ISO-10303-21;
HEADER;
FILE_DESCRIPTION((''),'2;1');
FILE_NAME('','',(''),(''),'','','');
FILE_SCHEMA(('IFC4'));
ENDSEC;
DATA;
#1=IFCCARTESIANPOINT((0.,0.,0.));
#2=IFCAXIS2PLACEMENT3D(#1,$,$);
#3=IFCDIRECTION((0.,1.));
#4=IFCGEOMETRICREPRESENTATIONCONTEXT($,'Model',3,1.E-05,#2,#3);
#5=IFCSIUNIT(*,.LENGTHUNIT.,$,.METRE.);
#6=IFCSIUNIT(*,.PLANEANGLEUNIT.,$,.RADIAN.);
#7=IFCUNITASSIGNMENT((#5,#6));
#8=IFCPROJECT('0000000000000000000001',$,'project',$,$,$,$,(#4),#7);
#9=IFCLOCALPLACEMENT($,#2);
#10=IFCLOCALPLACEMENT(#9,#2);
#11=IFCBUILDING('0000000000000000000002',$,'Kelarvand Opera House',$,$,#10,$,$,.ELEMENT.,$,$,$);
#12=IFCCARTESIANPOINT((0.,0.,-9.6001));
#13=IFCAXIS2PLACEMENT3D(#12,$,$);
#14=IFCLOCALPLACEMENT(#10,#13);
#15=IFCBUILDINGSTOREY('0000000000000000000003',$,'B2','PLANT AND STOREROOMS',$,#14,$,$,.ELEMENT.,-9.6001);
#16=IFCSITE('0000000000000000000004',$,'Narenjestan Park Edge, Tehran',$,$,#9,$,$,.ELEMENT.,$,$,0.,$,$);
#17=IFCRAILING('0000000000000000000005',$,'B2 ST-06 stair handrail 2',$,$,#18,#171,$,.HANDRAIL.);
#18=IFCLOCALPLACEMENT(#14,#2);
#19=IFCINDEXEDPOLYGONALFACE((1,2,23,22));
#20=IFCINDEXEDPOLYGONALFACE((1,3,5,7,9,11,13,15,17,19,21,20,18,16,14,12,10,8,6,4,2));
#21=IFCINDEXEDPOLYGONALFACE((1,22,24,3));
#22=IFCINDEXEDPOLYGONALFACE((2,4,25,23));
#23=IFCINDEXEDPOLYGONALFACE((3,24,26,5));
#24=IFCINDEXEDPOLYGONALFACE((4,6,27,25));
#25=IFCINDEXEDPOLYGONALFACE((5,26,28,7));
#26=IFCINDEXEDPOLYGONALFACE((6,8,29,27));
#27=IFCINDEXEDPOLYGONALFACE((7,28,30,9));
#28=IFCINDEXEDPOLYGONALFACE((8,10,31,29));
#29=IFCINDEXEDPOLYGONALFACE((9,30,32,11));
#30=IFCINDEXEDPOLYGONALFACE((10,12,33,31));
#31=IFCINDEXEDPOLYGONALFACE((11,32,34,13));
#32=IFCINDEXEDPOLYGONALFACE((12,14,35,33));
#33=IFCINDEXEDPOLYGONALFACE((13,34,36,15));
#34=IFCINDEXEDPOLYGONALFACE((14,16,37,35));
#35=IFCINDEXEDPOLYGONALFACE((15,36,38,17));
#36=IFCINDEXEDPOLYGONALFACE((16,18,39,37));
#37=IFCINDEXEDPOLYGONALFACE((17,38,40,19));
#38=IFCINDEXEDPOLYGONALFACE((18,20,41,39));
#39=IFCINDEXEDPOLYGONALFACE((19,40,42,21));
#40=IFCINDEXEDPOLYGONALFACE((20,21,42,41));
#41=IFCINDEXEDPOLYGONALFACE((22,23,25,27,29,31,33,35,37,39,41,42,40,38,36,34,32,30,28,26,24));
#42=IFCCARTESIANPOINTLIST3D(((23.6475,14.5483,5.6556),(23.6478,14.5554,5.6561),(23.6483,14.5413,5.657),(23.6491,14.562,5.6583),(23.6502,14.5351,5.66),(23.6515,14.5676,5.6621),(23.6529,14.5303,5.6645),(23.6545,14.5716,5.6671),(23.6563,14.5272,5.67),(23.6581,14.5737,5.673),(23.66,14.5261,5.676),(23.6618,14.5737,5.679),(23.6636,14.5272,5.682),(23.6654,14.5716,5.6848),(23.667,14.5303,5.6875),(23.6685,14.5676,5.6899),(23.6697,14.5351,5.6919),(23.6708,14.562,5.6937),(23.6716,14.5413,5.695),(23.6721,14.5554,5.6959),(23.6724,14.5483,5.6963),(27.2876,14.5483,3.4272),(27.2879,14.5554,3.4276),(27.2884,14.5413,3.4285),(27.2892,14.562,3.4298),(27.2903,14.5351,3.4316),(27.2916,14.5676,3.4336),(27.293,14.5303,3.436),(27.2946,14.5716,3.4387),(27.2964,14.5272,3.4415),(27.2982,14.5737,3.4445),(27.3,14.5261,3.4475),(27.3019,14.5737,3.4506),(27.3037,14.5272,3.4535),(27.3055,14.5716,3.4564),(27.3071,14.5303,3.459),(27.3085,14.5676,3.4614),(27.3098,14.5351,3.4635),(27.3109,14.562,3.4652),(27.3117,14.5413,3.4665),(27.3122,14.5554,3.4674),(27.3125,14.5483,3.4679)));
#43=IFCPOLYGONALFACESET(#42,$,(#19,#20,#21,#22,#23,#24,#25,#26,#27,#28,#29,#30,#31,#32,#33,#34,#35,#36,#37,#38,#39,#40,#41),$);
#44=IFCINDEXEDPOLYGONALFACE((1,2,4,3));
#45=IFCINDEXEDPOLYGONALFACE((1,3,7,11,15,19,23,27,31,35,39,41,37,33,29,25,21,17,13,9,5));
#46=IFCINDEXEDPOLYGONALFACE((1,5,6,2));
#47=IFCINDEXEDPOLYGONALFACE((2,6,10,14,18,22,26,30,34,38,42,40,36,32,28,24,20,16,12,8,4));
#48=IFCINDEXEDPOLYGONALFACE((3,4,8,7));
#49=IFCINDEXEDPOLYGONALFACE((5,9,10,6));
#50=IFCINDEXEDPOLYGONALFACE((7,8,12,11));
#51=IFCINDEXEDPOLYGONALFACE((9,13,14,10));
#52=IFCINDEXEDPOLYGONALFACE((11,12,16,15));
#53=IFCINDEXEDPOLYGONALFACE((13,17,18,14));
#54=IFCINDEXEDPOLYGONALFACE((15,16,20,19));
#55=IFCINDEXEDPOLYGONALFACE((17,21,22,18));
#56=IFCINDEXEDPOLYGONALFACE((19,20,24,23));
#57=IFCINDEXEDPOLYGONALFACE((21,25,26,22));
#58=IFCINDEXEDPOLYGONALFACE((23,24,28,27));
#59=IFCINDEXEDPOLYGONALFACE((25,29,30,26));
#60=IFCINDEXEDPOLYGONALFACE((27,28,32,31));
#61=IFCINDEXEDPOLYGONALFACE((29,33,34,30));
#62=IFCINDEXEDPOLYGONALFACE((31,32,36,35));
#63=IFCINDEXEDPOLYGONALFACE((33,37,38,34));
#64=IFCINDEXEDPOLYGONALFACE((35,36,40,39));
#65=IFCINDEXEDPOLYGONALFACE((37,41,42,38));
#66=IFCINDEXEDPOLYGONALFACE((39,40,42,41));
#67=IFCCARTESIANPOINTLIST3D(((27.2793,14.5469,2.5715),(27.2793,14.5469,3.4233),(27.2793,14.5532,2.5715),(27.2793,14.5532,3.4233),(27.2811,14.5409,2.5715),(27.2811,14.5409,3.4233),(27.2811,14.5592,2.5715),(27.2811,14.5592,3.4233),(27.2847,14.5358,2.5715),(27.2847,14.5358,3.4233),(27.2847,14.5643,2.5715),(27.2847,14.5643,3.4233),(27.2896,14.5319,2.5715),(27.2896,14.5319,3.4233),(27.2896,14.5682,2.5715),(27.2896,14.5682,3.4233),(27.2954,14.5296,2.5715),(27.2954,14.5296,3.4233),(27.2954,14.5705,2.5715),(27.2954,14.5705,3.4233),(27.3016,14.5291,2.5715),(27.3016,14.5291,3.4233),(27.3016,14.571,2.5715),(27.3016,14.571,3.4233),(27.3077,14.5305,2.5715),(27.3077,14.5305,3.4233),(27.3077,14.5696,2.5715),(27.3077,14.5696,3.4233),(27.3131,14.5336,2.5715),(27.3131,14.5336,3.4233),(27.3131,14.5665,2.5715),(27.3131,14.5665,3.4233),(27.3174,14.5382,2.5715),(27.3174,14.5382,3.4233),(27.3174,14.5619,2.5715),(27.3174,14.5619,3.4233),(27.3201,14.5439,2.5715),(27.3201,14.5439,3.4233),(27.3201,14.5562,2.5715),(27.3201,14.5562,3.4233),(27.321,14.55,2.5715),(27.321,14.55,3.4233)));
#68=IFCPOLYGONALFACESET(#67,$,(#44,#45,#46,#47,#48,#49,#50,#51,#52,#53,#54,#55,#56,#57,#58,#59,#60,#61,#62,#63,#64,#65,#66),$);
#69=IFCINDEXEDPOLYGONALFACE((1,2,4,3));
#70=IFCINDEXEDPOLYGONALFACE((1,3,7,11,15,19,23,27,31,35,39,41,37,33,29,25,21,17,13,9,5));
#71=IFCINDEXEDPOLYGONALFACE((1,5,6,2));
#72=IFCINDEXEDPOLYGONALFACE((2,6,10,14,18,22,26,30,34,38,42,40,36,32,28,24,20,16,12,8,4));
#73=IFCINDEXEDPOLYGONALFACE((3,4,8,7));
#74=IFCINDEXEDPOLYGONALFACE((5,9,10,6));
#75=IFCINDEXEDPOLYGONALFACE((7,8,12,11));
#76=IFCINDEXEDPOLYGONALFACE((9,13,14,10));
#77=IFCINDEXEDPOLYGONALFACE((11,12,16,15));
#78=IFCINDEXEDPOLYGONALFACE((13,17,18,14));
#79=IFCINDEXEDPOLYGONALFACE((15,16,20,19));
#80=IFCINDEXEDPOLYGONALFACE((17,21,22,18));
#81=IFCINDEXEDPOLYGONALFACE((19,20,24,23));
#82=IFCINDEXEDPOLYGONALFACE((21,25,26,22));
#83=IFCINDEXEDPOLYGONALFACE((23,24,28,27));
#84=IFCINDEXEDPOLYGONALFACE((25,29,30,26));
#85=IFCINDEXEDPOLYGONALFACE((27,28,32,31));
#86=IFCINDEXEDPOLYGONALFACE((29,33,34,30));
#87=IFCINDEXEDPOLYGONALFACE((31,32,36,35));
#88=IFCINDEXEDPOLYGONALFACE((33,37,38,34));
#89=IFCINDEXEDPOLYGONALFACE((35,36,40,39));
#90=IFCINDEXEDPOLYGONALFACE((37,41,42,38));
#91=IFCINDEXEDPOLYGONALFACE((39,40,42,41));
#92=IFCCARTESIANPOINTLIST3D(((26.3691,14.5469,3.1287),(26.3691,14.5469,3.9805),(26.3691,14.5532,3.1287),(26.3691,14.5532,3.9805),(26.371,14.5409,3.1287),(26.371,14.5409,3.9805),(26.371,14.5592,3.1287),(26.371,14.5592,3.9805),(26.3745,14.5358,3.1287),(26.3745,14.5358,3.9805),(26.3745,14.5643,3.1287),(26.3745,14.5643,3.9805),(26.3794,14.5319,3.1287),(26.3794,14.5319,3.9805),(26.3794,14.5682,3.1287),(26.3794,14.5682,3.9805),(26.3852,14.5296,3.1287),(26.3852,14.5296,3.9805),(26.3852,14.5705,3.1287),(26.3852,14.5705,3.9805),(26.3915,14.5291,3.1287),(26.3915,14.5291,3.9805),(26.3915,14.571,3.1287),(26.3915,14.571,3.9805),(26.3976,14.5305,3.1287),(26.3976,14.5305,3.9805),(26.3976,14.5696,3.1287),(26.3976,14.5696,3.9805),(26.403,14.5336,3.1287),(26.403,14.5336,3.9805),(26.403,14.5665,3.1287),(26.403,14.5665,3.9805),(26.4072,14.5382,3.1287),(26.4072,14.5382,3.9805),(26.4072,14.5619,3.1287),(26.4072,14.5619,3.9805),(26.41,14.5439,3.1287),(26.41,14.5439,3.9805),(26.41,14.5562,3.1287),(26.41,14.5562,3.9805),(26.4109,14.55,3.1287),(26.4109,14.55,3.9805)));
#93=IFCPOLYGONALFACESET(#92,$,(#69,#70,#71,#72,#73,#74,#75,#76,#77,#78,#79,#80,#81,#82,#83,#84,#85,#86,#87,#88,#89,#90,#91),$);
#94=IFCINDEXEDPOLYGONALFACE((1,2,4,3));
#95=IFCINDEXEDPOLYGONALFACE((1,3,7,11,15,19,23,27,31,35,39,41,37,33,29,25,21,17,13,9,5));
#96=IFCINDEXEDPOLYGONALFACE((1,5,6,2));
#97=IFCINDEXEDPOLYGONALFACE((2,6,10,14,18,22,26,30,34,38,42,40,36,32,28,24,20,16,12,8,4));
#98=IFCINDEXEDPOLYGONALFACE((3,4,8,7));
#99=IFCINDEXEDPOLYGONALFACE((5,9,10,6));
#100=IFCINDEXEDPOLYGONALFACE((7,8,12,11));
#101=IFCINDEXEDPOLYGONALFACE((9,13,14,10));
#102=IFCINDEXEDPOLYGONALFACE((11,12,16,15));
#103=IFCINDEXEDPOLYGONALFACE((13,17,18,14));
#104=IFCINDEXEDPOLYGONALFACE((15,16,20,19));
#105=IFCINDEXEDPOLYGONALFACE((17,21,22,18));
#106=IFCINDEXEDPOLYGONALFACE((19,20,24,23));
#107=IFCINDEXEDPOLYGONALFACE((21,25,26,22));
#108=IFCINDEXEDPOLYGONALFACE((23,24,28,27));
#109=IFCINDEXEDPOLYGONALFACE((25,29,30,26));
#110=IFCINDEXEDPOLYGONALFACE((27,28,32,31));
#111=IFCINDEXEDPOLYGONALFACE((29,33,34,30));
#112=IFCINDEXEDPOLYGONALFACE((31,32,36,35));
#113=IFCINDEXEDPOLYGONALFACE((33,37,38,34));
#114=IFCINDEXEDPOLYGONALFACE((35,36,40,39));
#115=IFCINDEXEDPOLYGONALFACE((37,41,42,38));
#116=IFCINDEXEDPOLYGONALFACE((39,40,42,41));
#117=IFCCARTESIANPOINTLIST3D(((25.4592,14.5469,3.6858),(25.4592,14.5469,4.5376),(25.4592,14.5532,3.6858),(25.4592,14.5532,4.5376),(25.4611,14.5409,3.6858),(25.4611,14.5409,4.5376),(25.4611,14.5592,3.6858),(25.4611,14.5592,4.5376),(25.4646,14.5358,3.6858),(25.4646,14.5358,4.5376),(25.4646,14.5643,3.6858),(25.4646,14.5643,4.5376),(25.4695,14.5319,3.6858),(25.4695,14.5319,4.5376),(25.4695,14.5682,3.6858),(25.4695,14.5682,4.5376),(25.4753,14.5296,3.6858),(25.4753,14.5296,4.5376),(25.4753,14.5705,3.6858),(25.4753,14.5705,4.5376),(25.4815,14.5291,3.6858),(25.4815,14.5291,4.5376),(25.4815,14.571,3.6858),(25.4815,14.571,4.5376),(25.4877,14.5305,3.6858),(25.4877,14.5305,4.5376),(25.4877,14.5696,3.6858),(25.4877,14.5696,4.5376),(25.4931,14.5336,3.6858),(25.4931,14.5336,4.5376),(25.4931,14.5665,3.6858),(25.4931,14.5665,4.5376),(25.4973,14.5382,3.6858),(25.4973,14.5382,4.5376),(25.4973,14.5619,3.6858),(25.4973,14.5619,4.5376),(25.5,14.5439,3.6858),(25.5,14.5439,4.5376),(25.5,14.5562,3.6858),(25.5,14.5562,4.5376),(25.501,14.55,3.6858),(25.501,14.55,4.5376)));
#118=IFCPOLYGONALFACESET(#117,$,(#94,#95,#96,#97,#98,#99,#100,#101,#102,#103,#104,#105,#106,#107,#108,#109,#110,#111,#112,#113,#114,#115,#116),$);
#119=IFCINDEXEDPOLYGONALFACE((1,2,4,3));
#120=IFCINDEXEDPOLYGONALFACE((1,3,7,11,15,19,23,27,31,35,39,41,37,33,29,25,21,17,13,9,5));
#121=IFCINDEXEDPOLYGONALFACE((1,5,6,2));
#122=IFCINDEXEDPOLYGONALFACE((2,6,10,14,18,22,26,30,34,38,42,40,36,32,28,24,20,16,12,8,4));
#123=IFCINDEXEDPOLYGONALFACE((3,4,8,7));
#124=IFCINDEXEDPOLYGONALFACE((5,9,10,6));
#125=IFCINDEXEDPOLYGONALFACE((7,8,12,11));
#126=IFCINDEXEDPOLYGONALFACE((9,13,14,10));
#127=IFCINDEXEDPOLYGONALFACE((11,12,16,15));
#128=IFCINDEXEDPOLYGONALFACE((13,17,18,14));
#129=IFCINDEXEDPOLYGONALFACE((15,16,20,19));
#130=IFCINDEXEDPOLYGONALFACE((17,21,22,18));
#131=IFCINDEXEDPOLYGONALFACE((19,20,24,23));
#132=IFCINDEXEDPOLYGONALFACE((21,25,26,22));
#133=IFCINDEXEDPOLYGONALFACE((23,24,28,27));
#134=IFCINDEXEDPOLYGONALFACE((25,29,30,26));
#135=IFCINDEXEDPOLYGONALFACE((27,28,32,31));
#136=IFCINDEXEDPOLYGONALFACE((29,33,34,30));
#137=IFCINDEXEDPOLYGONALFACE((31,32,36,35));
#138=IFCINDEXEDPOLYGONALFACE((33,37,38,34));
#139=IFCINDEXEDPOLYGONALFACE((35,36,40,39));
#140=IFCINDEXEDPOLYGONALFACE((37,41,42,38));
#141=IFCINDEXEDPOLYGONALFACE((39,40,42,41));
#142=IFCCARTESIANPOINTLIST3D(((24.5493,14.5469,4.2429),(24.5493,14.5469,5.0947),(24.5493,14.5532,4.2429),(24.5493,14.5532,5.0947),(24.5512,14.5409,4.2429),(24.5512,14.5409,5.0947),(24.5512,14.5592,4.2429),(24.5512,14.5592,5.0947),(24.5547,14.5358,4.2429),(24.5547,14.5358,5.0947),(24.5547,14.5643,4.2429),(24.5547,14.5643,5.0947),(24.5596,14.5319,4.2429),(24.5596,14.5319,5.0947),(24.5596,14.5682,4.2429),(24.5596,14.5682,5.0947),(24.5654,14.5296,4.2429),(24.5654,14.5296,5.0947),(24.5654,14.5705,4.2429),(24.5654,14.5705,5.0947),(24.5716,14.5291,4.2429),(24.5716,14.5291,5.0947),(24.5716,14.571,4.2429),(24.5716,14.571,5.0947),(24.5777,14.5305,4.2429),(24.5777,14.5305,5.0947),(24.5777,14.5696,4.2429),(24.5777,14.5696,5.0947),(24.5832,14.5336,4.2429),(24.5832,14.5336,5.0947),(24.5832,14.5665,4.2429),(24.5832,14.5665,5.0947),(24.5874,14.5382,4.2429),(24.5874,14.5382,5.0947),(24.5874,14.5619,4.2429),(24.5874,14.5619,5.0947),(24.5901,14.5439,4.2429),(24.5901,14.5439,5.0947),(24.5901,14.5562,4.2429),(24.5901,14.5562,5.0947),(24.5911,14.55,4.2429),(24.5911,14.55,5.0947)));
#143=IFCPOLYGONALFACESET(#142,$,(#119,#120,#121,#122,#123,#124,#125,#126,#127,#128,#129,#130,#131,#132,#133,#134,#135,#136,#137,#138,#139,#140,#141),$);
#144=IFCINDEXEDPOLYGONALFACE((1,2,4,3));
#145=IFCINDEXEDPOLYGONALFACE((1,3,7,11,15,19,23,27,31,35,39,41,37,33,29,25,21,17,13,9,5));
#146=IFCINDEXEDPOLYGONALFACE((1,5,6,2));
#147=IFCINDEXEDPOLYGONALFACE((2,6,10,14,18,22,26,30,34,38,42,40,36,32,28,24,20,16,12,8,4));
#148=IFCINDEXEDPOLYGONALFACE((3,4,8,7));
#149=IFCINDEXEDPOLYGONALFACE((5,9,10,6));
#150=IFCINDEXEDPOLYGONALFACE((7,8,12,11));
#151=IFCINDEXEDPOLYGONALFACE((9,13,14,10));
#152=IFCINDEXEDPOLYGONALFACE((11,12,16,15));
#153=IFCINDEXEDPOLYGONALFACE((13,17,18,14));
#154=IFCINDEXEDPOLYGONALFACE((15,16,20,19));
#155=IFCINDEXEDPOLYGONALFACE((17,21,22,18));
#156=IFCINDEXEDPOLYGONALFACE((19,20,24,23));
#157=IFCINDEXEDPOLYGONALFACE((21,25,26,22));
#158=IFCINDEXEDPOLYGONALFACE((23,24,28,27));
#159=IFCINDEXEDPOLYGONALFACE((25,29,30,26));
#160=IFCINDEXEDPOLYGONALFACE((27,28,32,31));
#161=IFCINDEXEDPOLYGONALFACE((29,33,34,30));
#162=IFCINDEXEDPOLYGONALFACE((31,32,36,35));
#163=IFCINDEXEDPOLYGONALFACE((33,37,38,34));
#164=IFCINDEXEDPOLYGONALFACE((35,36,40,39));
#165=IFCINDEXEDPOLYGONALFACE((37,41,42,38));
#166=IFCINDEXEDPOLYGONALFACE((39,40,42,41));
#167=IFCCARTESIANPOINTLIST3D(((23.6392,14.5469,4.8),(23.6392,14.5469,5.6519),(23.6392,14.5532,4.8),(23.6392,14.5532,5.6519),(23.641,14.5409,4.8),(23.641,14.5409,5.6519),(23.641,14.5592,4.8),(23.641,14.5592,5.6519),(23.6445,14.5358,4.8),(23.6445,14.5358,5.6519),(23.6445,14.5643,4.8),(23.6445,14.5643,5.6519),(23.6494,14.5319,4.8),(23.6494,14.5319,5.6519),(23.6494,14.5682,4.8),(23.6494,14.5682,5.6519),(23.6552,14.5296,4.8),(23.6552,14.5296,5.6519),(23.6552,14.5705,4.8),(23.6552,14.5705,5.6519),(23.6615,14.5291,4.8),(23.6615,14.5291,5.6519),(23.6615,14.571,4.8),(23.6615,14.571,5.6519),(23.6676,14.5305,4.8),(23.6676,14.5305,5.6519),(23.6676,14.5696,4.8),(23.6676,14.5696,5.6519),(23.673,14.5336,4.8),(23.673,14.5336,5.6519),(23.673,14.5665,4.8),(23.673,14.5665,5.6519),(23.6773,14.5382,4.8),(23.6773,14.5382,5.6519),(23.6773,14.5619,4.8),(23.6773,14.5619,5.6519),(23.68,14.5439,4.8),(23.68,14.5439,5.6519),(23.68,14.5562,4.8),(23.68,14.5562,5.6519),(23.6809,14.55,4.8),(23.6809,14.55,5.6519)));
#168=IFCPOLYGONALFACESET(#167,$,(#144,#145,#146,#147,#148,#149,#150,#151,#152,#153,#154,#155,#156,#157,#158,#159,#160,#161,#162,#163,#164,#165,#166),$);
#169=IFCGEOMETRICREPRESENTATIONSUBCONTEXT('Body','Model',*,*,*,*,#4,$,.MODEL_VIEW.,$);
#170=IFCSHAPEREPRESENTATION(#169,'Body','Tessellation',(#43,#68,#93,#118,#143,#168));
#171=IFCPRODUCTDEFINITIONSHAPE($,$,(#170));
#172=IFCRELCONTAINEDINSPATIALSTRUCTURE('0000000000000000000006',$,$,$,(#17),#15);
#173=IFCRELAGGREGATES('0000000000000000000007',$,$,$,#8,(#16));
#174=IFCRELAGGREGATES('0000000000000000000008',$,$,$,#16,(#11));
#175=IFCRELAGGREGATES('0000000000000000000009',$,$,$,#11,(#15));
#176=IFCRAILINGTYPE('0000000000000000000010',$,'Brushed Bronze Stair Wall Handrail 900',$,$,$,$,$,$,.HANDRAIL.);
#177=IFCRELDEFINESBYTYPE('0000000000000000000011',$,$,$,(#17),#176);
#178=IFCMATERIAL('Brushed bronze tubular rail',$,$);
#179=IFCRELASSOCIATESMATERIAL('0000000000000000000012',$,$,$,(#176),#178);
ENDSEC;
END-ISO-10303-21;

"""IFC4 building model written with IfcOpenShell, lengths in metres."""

from ifc_helpers import new_model, si_unit, direction, frame, origin, origin_2d, place, context, subcontext, project, spatial, circle, extrude, material, type_object, element, save


model = new_model("IFC4")

# Units and contexts
model_context = context("Model", 3, precision=1e-05, world=origin(), true_north=direction((0.0, 1.0)))
body_context = subcontext(model_context, "Body", "Model", "MODEL_VIEW")
ifc_project = project(units=[si_unit("LENGTHUNIT", "METRE"), si_unit("PLANEANGLEUNIT", "RADIAN")], contexts=[model_context])

# Site, building, storey
site_placement = place(None, origin())
site = spatial("IfcSite", under=ifc_project, at=site_placement, Name="Narenjestan Park Edge, Tehran", CompositionType="ELEMENT", RefElevation=0.0)
building_placement = place(site_placement, origin())
building = spatial("IfcBuilding", under=site, at=building_placement, Name="Kelarvand Opera House", CompositionType="ELEMENT")
storey_placement = place(building_placement, frame((0.0, 0.0, -9.6001)))
storey = spatial("IfcBuildingStorey", under=building, at=storey_placement, Name="B2", Description="PLANT AND STOREROOMS", CompositionType="ELEMENT", Elevation=-9.6001)

# Railing
ifc_material_1 = material(Name="Brushed bronze tubular rail")
railing_type_1 = type_object("IfcRailingType", Name="Brushed Bronze Stair Wall Handrail 900", PredefinedType="HANDRAIL", material=ifc_material_1)
railing_1_placement = place(storey_placement, frame((27.3, 14.55, 2.5715)))
element("IfcRailing", 1, at=railing_1_placement, inside=storey, type_object=railing_type_1, Name="B2 ST-06 stair handrail 2", PredefinedType="HANDRAIL", context=body_context, shape_type="SweptSolid", body=[
    extrude(circle(Radius=0.0239, at=origin_2d()), frame((0.0, 0.0, 0.876), z_axis=(-0.852866, 0.0, 0.52213), x_axis=(0.0, -1.0, 0.0)), (0.0, 0.0, 1.0), 4.2681),
    extrude(circle(Radius=0.021, at=origin_2d()), origin(), (0.0, 0.0, 1.0), 0.8518),
    extrude(circle(Radius=0.021, at=origin_2d()), frame((-0.9102, 0.0, 0.5571)), (0.0, 0.0, 1.0), 0.8518),
    extrude(circle(Radius=0.021, at=origin_2d()), frame((-1.8201, 0.0, 1.1143)), (0.0, 0.0, 1.0), 0.8518),
    extrude(circle(Radius=0.021, at=origin_2d()), frame((-2.73, 0.0, 1.6714)), (0.0, 0.0, 1.0), 0.8518),
    extrude(circle(Radius=0.021, at=origin_2d()), frame((-3.6401, 0.0, 2.2285)), (0.0, 0.0, 1.0), 0.8518),
])

save(model, "model.ifc")
